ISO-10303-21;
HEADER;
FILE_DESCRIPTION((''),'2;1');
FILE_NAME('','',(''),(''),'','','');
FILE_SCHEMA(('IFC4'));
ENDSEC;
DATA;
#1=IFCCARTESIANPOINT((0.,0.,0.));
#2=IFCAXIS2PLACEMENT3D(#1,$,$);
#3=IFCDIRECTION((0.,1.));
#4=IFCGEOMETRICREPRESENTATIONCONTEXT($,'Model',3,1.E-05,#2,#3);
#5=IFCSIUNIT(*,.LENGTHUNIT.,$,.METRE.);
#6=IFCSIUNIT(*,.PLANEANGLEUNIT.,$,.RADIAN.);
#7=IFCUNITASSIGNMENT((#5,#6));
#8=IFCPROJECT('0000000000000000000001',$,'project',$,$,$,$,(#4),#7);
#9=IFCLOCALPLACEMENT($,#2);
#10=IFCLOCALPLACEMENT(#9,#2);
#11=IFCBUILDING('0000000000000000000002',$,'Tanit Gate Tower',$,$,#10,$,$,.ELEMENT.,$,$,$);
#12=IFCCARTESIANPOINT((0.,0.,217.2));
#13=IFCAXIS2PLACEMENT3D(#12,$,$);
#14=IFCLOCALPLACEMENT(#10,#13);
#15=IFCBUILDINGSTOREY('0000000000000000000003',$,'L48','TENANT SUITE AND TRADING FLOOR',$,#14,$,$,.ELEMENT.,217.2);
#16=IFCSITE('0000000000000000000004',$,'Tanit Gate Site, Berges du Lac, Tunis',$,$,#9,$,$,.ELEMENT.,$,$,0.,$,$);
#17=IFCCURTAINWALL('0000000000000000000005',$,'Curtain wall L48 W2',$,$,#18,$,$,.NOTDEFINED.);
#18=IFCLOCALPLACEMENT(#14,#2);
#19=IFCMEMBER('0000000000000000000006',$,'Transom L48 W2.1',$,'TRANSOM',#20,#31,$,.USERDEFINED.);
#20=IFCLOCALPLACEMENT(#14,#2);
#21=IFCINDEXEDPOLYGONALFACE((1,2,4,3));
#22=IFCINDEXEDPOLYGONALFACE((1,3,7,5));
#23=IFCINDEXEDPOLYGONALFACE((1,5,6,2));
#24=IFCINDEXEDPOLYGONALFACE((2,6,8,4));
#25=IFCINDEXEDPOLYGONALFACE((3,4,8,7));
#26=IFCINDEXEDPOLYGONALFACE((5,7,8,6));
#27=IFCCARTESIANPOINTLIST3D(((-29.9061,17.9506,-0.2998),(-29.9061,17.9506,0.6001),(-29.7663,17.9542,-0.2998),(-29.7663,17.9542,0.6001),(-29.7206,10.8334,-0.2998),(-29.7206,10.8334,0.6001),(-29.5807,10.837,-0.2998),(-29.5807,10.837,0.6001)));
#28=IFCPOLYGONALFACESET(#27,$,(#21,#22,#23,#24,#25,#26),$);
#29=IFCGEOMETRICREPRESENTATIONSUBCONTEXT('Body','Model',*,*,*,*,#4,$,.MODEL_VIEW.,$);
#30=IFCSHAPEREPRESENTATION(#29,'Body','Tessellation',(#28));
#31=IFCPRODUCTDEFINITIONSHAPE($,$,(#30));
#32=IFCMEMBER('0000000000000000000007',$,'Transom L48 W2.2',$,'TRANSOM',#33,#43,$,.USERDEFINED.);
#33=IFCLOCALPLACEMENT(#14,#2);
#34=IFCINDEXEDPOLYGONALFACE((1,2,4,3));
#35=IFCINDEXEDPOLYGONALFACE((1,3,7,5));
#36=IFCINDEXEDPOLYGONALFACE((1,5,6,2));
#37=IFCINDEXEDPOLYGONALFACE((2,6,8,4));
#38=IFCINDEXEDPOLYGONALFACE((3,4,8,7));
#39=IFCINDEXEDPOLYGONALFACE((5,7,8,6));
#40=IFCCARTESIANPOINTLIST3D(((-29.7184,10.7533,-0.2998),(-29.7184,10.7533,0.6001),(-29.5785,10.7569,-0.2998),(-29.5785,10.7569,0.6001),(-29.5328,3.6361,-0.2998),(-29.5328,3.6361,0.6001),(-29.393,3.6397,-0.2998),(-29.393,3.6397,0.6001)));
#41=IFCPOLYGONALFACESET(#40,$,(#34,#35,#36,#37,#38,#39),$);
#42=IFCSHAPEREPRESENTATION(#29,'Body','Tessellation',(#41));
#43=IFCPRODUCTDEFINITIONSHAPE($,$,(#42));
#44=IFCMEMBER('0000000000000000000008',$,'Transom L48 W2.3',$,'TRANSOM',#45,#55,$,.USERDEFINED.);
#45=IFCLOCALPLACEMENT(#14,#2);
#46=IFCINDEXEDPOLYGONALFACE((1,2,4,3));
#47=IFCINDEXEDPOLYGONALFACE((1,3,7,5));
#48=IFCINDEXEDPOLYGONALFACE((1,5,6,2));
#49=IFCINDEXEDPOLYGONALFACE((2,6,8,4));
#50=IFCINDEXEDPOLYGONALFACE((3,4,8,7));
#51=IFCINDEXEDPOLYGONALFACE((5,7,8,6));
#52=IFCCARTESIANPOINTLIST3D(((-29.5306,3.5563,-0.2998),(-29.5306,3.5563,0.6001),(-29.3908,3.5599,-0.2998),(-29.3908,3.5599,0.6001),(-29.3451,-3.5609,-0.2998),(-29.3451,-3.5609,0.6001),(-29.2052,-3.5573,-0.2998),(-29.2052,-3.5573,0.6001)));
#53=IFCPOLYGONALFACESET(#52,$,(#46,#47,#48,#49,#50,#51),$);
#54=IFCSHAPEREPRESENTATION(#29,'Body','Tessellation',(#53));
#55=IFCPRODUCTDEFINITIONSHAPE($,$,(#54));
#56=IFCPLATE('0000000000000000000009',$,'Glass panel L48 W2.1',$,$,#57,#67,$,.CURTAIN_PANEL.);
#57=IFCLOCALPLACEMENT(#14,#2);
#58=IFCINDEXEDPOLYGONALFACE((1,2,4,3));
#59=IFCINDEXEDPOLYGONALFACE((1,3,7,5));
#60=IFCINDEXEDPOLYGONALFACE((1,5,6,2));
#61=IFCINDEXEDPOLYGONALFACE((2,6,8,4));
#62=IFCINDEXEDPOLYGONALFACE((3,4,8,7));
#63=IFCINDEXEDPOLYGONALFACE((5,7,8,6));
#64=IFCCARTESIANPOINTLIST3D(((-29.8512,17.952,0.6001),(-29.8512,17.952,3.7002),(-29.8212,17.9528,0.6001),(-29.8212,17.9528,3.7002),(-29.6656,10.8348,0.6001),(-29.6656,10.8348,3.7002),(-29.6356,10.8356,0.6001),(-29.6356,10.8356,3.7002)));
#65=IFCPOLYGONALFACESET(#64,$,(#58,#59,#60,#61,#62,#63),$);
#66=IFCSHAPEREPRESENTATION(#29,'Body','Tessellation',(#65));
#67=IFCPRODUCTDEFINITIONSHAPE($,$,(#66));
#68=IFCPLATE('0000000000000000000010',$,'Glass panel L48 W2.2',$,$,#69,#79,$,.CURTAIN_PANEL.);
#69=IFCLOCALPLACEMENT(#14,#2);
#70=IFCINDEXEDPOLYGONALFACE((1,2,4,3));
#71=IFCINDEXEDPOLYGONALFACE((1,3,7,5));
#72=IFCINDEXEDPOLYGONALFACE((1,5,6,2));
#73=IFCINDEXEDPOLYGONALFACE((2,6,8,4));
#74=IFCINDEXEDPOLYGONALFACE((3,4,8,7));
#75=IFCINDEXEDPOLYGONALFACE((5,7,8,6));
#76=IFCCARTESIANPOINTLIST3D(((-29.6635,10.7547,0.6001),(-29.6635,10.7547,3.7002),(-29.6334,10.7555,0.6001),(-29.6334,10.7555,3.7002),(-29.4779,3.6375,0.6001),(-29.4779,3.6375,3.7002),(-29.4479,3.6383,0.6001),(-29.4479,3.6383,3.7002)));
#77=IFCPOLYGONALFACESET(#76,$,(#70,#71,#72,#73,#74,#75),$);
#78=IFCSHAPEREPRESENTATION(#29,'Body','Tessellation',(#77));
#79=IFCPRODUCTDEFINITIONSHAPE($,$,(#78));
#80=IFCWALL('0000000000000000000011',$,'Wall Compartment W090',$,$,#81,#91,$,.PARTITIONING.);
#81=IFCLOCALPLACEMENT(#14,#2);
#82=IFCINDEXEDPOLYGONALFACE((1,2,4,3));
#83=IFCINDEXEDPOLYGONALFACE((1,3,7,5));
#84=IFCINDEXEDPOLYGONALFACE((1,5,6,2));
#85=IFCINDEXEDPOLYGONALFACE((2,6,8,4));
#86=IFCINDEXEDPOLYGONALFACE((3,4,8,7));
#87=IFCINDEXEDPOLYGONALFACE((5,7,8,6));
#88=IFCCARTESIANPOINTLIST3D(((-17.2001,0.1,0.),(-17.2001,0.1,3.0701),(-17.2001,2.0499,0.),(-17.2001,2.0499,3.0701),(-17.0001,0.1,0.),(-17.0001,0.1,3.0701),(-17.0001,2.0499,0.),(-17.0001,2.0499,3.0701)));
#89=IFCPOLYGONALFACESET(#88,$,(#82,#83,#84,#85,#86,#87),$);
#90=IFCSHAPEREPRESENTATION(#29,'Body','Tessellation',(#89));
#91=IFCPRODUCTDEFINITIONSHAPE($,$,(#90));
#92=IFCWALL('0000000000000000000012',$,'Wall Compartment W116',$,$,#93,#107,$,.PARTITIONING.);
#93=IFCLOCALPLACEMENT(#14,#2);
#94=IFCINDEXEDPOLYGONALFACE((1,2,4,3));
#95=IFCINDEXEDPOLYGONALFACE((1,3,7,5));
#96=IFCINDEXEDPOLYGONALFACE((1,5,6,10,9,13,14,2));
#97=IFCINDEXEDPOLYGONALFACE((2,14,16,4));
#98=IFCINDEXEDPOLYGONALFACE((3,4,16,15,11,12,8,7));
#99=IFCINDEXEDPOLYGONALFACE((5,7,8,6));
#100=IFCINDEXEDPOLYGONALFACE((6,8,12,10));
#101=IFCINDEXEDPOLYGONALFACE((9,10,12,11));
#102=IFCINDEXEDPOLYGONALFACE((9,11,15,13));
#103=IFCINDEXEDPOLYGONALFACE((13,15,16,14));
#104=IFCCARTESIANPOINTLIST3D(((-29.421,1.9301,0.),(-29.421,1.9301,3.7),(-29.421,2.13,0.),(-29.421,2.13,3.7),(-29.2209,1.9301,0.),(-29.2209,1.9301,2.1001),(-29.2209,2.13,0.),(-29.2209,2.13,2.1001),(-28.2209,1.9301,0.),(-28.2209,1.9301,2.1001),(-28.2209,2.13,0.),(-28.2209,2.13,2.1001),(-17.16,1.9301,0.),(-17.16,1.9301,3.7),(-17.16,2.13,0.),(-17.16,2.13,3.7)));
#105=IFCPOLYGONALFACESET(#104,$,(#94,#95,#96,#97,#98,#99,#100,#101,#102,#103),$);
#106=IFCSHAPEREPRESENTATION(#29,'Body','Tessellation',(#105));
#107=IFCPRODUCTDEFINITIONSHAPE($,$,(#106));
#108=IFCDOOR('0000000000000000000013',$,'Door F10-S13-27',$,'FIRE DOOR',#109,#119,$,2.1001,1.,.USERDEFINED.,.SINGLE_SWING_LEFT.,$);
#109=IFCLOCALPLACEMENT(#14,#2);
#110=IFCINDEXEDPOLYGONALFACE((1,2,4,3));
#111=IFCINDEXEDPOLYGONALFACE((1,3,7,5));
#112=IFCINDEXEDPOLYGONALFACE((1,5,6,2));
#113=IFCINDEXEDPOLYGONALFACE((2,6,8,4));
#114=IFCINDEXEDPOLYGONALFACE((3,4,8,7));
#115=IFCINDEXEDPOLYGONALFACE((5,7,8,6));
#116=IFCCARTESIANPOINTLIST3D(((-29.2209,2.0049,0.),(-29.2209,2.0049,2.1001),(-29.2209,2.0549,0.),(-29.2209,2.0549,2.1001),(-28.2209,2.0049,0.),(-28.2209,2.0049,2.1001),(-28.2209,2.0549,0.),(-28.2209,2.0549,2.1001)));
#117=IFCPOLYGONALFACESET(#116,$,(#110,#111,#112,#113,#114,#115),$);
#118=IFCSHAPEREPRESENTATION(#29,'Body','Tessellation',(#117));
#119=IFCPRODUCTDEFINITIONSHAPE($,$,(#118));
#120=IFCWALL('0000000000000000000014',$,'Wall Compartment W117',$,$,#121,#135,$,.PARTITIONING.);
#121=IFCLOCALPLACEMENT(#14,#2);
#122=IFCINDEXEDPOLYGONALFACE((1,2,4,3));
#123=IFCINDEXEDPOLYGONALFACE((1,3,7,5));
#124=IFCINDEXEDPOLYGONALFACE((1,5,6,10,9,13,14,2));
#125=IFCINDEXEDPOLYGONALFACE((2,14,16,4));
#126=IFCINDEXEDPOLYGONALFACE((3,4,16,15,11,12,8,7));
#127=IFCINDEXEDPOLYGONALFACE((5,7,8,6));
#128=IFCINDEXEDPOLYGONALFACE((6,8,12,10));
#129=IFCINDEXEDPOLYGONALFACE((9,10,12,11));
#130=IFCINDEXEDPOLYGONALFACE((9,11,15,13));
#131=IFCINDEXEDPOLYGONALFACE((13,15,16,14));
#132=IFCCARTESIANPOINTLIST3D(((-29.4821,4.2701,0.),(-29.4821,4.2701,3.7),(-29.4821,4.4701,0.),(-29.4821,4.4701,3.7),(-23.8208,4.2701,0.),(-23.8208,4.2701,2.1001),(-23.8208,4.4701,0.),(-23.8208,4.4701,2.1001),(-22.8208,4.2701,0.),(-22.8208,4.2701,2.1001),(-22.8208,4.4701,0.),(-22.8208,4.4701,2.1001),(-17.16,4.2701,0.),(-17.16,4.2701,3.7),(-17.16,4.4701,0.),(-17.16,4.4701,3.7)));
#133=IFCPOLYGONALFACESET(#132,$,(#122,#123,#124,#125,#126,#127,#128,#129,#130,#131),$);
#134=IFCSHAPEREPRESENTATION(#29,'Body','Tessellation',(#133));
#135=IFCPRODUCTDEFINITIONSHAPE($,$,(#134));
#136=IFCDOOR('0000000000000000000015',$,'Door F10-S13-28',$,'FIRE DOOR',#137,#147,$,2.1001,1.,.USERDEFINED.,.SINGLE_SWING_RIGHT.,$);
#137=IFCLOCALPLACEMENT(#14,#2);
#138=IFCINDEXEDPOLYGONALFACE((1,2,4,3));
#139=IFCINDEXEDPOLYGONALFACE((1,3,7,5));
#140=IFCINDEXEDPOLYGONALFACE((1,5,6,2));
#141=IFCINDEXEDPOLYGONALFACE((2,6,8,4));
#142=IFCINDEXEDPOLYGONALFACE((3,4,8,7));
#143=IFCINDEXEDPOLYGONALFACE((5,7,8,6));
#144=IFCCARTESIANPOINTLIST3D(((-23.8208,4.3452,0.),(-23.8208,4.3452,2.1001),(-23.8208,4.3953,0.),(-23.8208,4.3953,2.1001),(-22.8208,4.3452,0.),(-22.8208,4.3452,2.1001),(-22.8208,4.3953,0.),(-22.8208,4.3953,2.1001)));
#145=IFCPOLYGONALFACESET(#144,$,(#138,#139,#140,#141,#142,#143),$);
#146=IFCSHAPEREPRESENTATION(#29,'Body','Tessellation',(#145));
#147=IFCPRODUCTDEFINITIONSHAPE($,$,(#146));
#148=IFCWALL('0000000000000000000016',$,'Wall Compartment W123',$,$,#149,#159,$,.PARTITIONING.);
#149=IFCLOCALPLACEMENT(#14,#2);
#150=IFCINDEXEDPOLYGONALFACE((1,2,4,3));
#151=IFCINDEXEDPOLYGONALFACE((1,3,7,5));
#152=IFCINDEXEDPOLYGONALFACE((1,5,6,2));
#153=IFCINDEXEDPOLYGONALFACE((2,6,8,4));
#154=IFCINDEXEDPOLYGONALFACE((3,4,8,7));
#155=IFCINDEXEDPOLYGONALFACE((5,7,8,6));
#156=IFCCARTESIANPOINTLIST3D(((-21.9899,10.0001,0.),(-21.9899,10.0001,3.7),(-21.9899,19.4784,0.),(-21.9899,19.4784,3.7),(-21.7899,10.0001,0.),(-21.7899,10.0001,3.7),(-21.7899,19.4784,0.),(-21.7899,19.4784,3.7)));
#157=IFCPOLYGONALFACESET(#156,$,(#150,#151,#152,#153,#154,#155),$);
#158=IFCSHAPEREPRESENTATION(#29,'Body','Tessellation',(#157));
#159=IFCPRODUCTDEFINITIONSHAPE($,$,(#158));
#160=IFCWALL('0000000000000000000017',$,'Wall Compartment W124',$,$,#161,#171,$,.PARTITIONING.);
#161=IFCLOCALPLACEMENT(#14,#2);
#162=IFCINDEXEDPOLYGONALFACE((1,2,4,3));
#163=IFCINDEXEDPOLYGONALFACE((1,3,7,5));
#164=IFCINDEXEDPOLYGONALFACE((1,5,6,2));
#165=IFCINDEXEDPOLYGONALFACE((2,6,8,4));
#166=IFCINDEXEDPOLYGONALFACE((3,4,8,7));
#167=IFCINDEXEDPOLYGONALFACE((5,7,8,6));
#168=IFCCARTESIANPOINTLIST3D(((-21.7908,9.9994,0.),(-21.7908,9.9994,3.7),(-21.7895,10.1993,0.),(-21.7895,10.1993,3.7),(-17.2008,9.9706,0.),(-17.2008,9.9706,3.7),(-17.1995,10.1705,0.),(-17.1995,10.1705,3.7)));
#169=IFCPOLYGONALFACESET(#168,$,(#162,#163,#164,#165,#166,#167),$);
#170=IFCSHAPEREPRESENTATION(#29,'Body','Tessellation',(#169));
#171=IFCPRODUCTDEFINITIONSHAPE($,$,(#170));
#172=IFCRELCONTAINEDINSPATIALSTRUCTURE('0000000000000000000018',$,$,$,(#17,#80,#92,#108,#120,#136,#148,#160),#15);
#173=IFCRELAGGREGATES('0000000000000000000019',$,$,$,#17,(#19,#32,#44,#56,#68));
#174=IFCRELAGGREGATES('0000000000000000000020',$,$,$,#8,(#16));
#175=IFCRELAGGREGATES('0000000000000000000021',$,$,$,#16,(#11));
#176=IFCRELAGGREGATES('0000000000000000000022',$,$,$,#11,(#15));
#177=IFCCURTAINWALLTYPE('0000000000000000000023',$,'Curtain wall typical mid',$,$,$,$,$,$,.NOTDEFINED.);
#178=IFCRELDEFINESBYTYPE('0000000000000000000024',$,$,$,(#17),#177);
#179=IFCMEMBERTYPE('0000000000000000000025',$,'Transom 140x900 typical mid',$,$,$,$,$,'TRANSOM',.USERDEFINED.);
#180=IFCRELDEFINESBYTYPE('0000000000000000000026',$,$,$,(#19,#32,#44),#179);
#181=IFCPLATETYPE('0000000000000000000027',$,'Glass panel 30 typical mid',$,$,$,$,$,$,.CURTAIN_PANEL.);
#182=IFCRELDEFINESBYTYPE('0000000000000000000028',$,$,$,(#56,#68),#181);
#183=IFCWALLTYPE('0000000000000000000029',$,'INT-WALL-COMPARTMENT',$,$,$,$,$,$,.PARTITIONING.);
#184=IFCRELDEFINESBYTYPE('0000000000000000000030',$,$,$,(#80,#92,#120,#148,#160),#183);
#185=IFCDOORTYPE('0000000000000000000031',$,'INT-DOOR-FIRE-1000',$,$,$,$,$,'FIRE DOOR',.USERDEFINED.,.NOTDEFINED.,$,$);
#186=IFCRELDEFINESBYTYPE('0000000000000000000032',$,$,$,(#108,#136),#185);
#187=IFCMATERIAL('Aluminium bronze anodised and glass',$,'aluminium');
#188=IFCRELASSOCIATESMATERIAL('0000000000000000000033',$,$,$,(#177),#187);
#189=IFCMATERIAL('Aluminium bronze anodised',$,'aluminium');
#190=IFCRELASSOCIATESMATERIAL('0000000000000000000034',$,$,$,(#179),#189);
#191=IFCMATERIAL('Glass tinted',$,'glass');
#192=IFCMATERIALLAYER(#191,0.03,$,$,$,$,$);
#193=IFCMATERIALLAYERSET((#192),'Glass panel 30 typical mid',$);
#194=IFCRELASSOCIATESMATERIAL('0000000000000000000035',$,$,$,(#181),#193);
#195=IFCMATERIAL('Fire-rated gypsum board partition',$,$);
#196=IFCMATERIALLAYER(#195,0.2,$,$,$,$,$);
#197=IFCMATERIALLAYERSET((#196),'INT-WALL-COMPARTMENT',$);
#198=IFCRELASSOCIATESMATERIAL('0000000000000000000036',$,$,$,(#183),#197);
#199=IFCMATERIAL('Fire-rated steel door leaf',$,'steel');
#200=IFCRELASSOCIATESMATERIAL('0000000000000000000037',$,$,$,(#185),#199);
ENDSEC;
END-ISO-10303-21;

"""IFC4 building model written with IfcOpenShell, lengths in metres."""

from ifc_helpers import new_model, si_unit, direction, frame, frame_2d, origin, origin_2d, place, context, subcontext, project, spatial, rectangle, extrude, material, layer, layer_set, material_profile, profile_set, type_object, element, fill, aggregate, save


model = new_model("IFC4")

# Units and contexts
model_context = context("Model", 3, precision=1e-05, world=origin(), true_north=direction((0.0, 1.0)))
body_context = subcontext(model_context, "Body", "Model", "MODEL_VIEW")
ifc_project = project(units=[si_unit("LENGTHUNIT", "METRE"), si_unit("PLANEANGLEUNIT", "RADIAN")], contexts=[model_context])

# Site, building, storey
site_placement = place(None, origin())
site = spatial("IfcSite", under=ifc_project, at=site_placement, Name="Tanit Gate Site, Berges du Lac, Tunis", CompositionType="ELEMENT", RefElevation=0.0)
building_placement = place(site_placement, origin())
building = spatial("IfcBuilding", under=site, at=building_placement, Name="Tanit Gate Tower", CompositionType="ELEMENT")
storey_placement = place(building_placement, frame((0.0, 0.0, 217.2)))
storey = spatial("IfcBuildingStorey", under=building, at=storey_placement, Name="L48", Description="TENANT SUITE AND TRADING FLOOR", CompositionType="ELEMENT", Elevation=217.2)

# Curtain wall
ifc_material_1 = material(Name="Aluminium bronze anodised and glass", Category="aluminium")
curtain_wall_type = type_object("IfcCurtainWallType", Name="Curtain wall typical mid", PredefinedType="NOTDEFINED", material=ifc_material_1)
curtain_wall_1_placement = place(storey_placement, origin())
curtain_wall_1 = element("IfcCurtainWall", 1, at=curtain_wall_1_placement, inside=storey, type_object=curtain_wall_type, Name="Curtain wall L48 W2", PredefinedType="NOTDEFINED")

# Members
ifc_material_2 = material(Name="Aluminium bronze anodised", Category="aluminium")
ifc_material_profile_1 = material_profile(ifc_material_2, rectangle(XDim=0.1399, YDim=0.8999, at=origin_2d()), Name="140x900 bronze transom")
ifc_profile_set_1 = profile_set([ifc_material_profile_1], Name="Aluminium bronze anodised")
member_type_1 = type_object("IfcMemberType", Name="Transom 140x900 typical mid", ElementType="TRANSOM", PredefinedType="USERDEFINED", material=ifc_profile_set_1)
member_1_placement = place(storey_placement, frame((-29.8362, 17.9524, 0.1501), z_axis=(0.026061, -0.99966, 0.0), x_axis=(0.99966, 0.026061, 0.0)))
member_1 = element("IfcMember", 2, at=member_1_placement, type_object=member_type_1, Name="Transom L48 W2.1", ObjectType="TRANSOM", PredefinedType="USERDEFINED", context=body_context, shape_type="SweptSolid", body=[
    extrude(rectangle(XDim=0.1399, YDim=0.8999, at=origin_2d()), origin(), (0.0, 0.0, 1.0), 7.1196),
])
member_2_placement = place(storey_placement, frame((-29.6484, 10.7551, 0.1501), z_axis=(0.026061, -0.99966, 0.0), x_axis=(0.99966, 0.026061, 0.0)))
member_2 = element("IfcMember", 3, at=member_2_placement, type_object=member_type_1, Name="Transom L48 W2.2", ObjectType="TRANSOM", PredefinedType="USERDEFINED", context=body_context, shape_type="SweptSolid", body=[
    extrude(rectangle(XDim=0.1399, YDim=0.8999, at=origin_2d()), origin(), (0.0, 0.0, 1.0), 7.1196),
])
member_3_placement = place(storey_placement, frame((-29.4607, 3.5581, 0.1501), z_axis=(0.026061, -0.99966, 0.0), x_axis=(0.99966, 0.026061, 0.0)))
member_3 = element("IfcMember", 4, at=member_3_placement, type_object=member_type_1, Name="Transom L48 W2.3", ObjectType="TRANSOM", PredefinedType="USERDEFINED", context=body_context, shape_type="SweptSolid", body=[
    extrude(rectangle(XDim=0.1399, YDim=0.8999, at=origin_2d()), origin(), (0.0, 0.0, 1.0), 7.1196),
])

# Plates
ifc_material_3 = material(Name="Glass tinted", Category="glass")
ifc_layer_1 = layer(ifc_material_3, 0.03)
ifc_layer_set_1 = layer_set([ifc_layer_1], Name="Glass panel 30 typical mid")
plate_type = type_object("IfcPlateType", Name="Glass panel 30 typical mid", PredefinedType="CURTAIN_PANEL", material=ifc_layer_set_1)
plate_1_placement = place(storey_placement, frame((-29.7434, 14.3938, 0.6001), z_axis=(0.0, 0.0, 1.0), x_axis=(0.026063, -0.99966, 0.0)))
plate_1 = element("IfcPlate", 5, at=plate_1_placement, type_object=plate_type, Name="Glass panel L48 W2.1", PredefinedType="CURTAIN_PANEL", context=body_context, shape_type="SweptSolid", body=[
    extrude(rectangle(XDim=7.1196, YDim=0.03, at=origin_2d()), origin(), (0.0, 0.0, 1.0), 3.1001),
])
plate_2_placement = place(storey_placement, frame((-29.5557, 7.1965, 0.6001), z_axis=(0.0, 0.0, 1.0), x_axis=(0.026063, -0.99966, 0.0)))
plate_2 = element("IfcPlate", 6, at=plate_2_placement, type_object=plate_type, Name="Glass panel L48 W2.2", PredefinedType="CURTAIN_PANEL", context=body_context, shape_type="SweptSolid", body=[
    extrude(rectangle(XDim=7.1196, YDim=0.03, at=origin_2d()), origin(), (0.0, 0.0, 1.0), 3.1001),
])
aggregate(curtain_wall_1, [member_1, member_2, member_3, plate_1, plate_2])

# Wall
ifc_material_4 = material(Name="Fire-rated gypsum board partition")
ifc_layer_2 = layer(ifc_material_4, 0.2)
ifc_layer_set_2 = layer_set([ifc_layer_2], Name="INT-WALL-COMPARTMENT")
wall_type_1 = type_object("IfcWallType", Name="INT-WALL-COMPARTMENT", PredefinedType="PARTITIONING", material=ifc_layer_set_2)
wall_1_placement = place(storey_placement, frame((-17.1001, 2.05, 0.0), z_axis=(0.0, 0.0, 1.0), x_axis=(0.0, -1.0, 0.0)))
element("IfcWall", 7, at=wall_1_placement, inside=storey, type_object=wall_type_1, Name="Wall Compartment W090", PredefinedType="PARTITIONING", context=body_context, shape_type="SweptSolid", body=[
    extrude(rectangle(XDim=1.95, YDim=0.2, at=frame_2d((0.9751, 0.0))), origin(), (0.0, 0.0, 1.0), 3.0701),
])

# Walls, openings, doors
wall_2_placement = place(storey_placement, frame((-29.4209, 2.03, 0.0), z_axis=(0.0, 0.0, 1.0), x_axis=(1.0, 0.0, 0.0)))
wall_2 = element("IfcWall", 8, at=wall_2_placement, inside=storey, type_object=wall_type_1, Name="Wall Compartment W116", PredefinedType="PARTITIONING", context=body_context, shape_type="SweptSolid", body=[
    extrude(rectangle(XDim=12.261, YDim=0.2, at=frame_2d((6.1304, 0.0))), origin(), (0.0, 0.0, 1.0), 3.7),
])
opening_1_placement = place(wall_2_placement, frame((0.2, 0.0, 0.0)))
opening_1 = element("IfcOpeningElement", 9, at=opening_1_placement, cuts=wall_2, PredefinedType="OPENING", context=body_context, shape_type="SweptSolid", body=[
    extrude(rectangle(XDim=1.0, YDim=2.1001, at=frame_2d((0.5, 1.05))), frame((0.0, 0.1099, 0.0), z_axis=(0.0, -1.0, 0.0), x_axis=(1.0, 0.0, 0.0)), (0.0, 0.0, 1.0), 0.22),
])
ifc_material_5 = material(Name="Fire-rated steel door leaf", Category="steel")
door_type_1 = type_object("IfcDoorType", Name="INT-DOOR-FIRE-1000", ElementType="FIRE DOOR", OperationType="NOTDEFINED", PredefinedType="USERDEFINED", material=ifc_material_5)
door_1_placement = place(opening_1_placement, origin())
door_1 = element("IfcDoor", 10, at=door_1_placement, inside=storey, type_object=door_type_1, Name="Door F10-S13-27", ObjectType="FIRE DOOR", OperationType="SINGLE_SWING_LEFT", OverallHeight=2.1001, OverallWidth=1.0, PredefinedType="USERDEFINED", context=body_context, shape_type="SweptSolid", body=[
    extrude(rectangle(XDim=1.0, YDim=2.1001, at=frame_2d((0.5, 1.05))), frame((0.0, 0.0249, 0.0), z_axis=(0.0, -1.0, 0.0), x_axis=(1.0, 0.0, 0.0)), (0.0, 0.0, 1.0), 0.05),
])
fill(opening_1, door_1)
wall_3_placement = place(storey_placement, frame((-17.1599, 4.3701, 0.0), z_axis=(0.0, 0.0, 1.0), x_axis=(-1.0, 0.0, 0.0)))
wall_3 = element("IfcWall", 11, at=wall_3_placement, inside=storey, type_object=wall_type_1, Name="Wall Compartment W117", PredefinedType="PARTITIONING", context=body_context, shape_type="SweptSolid", body=[
    extrude(rectangle(XDim=12.322, YDim=0.2, at=frame_2d((6.1611, 0.0))), origin(), (0.0, 0.0, 1.0), 3.7),
])
opening_2_placement = place(wall_3_placement, frame((5.6609, 0.0, 0.0)))
opening_2 = element("IfcOpeningElement", 12, at=opening_2_placement, cuts=wall_3, PredefinedType="OPENING", context=body_context, shape_type="SweptSolid", body=[
    extrude(rectangle(XDim=1.0, YDim=2.1001, at=frame_2d((0.5, 1.05))), frame((0.0, 0.1099, 0.0), z_axis=(0.0, -1.0, 0.0), x_axis=(1.0, 0.0, 0.0)), (0.0, 0.0, 1.0), 0.22),
])
door_2_placement = place(opening_2_placement, origin())
door_2 = element("IfcDoor", 13, at=door_2_placement, inside=storey, type_object=door_type_1, Name="Door F10-S13-28", ObjectType="FIRE DOOR", OperationType="SINGLE_SWING_RIGHT", OverallHeight=2.1001, OverallWidth=1.0, PredefinedType="USERDEFINED", context=body_context, shape_type="SweptSolid", body=[
    extrude(rectangle(XDim=1.0, YDim=2.1001, at=frame_2d((0.5, 1.05))), frame((0.0, 0.0249, 0.0), z_axis=(0.0, -1.0, 0.0), x_axis=(1.0, 0.0, 0.0)), (0.0, 0.0, 1.0), 0.05),
])
fill(opening_2, door_2)

# Walls
wall_4_placement = place(storey_placement, frame((-21.8899, 10.0, 0.0), z_axis=(0.0, 0.0, 1.0), x_axis=(0.0, 1.0, 0.0)))
element("IfcWall", 14, at=wall_4_placement, inside=storey, type_object=wall_type_1, Name="Wall Compartment W123", PredefinedType="PARTITIONING", context=body_context, shape_type="SweptSolid", body=[
    extrude(rectangle(XDim=9.4783, YDim=0.2, at=frame_2d((4.7393, 0.0))), origin(), (0.0, 0.0, 1.0), 3.7),
])
wall_5_placement = place(storey_placement, frame((-21.79, 10.0994, 0.0), z_axis=(0.0, 0.0, 1.0), x_axis=(0.99998, -0.006276, 0.0)))
element("IfcWall", 15, at=wall_5_placement, inside=storey, type_object=wall_type_1, Name="Wall Compartment W124", PredefinedType="PARTITIONING", context=body_context, shape_type="SweptSolid", body=[
    extrude(rectangle(XDim=4.5901, YDim=0.2, at=frame_2d((2.2949, 0.0))), origin(), (0.0, 0.0, 1.0), 3.7),
])

save(model, "model.ifc")
